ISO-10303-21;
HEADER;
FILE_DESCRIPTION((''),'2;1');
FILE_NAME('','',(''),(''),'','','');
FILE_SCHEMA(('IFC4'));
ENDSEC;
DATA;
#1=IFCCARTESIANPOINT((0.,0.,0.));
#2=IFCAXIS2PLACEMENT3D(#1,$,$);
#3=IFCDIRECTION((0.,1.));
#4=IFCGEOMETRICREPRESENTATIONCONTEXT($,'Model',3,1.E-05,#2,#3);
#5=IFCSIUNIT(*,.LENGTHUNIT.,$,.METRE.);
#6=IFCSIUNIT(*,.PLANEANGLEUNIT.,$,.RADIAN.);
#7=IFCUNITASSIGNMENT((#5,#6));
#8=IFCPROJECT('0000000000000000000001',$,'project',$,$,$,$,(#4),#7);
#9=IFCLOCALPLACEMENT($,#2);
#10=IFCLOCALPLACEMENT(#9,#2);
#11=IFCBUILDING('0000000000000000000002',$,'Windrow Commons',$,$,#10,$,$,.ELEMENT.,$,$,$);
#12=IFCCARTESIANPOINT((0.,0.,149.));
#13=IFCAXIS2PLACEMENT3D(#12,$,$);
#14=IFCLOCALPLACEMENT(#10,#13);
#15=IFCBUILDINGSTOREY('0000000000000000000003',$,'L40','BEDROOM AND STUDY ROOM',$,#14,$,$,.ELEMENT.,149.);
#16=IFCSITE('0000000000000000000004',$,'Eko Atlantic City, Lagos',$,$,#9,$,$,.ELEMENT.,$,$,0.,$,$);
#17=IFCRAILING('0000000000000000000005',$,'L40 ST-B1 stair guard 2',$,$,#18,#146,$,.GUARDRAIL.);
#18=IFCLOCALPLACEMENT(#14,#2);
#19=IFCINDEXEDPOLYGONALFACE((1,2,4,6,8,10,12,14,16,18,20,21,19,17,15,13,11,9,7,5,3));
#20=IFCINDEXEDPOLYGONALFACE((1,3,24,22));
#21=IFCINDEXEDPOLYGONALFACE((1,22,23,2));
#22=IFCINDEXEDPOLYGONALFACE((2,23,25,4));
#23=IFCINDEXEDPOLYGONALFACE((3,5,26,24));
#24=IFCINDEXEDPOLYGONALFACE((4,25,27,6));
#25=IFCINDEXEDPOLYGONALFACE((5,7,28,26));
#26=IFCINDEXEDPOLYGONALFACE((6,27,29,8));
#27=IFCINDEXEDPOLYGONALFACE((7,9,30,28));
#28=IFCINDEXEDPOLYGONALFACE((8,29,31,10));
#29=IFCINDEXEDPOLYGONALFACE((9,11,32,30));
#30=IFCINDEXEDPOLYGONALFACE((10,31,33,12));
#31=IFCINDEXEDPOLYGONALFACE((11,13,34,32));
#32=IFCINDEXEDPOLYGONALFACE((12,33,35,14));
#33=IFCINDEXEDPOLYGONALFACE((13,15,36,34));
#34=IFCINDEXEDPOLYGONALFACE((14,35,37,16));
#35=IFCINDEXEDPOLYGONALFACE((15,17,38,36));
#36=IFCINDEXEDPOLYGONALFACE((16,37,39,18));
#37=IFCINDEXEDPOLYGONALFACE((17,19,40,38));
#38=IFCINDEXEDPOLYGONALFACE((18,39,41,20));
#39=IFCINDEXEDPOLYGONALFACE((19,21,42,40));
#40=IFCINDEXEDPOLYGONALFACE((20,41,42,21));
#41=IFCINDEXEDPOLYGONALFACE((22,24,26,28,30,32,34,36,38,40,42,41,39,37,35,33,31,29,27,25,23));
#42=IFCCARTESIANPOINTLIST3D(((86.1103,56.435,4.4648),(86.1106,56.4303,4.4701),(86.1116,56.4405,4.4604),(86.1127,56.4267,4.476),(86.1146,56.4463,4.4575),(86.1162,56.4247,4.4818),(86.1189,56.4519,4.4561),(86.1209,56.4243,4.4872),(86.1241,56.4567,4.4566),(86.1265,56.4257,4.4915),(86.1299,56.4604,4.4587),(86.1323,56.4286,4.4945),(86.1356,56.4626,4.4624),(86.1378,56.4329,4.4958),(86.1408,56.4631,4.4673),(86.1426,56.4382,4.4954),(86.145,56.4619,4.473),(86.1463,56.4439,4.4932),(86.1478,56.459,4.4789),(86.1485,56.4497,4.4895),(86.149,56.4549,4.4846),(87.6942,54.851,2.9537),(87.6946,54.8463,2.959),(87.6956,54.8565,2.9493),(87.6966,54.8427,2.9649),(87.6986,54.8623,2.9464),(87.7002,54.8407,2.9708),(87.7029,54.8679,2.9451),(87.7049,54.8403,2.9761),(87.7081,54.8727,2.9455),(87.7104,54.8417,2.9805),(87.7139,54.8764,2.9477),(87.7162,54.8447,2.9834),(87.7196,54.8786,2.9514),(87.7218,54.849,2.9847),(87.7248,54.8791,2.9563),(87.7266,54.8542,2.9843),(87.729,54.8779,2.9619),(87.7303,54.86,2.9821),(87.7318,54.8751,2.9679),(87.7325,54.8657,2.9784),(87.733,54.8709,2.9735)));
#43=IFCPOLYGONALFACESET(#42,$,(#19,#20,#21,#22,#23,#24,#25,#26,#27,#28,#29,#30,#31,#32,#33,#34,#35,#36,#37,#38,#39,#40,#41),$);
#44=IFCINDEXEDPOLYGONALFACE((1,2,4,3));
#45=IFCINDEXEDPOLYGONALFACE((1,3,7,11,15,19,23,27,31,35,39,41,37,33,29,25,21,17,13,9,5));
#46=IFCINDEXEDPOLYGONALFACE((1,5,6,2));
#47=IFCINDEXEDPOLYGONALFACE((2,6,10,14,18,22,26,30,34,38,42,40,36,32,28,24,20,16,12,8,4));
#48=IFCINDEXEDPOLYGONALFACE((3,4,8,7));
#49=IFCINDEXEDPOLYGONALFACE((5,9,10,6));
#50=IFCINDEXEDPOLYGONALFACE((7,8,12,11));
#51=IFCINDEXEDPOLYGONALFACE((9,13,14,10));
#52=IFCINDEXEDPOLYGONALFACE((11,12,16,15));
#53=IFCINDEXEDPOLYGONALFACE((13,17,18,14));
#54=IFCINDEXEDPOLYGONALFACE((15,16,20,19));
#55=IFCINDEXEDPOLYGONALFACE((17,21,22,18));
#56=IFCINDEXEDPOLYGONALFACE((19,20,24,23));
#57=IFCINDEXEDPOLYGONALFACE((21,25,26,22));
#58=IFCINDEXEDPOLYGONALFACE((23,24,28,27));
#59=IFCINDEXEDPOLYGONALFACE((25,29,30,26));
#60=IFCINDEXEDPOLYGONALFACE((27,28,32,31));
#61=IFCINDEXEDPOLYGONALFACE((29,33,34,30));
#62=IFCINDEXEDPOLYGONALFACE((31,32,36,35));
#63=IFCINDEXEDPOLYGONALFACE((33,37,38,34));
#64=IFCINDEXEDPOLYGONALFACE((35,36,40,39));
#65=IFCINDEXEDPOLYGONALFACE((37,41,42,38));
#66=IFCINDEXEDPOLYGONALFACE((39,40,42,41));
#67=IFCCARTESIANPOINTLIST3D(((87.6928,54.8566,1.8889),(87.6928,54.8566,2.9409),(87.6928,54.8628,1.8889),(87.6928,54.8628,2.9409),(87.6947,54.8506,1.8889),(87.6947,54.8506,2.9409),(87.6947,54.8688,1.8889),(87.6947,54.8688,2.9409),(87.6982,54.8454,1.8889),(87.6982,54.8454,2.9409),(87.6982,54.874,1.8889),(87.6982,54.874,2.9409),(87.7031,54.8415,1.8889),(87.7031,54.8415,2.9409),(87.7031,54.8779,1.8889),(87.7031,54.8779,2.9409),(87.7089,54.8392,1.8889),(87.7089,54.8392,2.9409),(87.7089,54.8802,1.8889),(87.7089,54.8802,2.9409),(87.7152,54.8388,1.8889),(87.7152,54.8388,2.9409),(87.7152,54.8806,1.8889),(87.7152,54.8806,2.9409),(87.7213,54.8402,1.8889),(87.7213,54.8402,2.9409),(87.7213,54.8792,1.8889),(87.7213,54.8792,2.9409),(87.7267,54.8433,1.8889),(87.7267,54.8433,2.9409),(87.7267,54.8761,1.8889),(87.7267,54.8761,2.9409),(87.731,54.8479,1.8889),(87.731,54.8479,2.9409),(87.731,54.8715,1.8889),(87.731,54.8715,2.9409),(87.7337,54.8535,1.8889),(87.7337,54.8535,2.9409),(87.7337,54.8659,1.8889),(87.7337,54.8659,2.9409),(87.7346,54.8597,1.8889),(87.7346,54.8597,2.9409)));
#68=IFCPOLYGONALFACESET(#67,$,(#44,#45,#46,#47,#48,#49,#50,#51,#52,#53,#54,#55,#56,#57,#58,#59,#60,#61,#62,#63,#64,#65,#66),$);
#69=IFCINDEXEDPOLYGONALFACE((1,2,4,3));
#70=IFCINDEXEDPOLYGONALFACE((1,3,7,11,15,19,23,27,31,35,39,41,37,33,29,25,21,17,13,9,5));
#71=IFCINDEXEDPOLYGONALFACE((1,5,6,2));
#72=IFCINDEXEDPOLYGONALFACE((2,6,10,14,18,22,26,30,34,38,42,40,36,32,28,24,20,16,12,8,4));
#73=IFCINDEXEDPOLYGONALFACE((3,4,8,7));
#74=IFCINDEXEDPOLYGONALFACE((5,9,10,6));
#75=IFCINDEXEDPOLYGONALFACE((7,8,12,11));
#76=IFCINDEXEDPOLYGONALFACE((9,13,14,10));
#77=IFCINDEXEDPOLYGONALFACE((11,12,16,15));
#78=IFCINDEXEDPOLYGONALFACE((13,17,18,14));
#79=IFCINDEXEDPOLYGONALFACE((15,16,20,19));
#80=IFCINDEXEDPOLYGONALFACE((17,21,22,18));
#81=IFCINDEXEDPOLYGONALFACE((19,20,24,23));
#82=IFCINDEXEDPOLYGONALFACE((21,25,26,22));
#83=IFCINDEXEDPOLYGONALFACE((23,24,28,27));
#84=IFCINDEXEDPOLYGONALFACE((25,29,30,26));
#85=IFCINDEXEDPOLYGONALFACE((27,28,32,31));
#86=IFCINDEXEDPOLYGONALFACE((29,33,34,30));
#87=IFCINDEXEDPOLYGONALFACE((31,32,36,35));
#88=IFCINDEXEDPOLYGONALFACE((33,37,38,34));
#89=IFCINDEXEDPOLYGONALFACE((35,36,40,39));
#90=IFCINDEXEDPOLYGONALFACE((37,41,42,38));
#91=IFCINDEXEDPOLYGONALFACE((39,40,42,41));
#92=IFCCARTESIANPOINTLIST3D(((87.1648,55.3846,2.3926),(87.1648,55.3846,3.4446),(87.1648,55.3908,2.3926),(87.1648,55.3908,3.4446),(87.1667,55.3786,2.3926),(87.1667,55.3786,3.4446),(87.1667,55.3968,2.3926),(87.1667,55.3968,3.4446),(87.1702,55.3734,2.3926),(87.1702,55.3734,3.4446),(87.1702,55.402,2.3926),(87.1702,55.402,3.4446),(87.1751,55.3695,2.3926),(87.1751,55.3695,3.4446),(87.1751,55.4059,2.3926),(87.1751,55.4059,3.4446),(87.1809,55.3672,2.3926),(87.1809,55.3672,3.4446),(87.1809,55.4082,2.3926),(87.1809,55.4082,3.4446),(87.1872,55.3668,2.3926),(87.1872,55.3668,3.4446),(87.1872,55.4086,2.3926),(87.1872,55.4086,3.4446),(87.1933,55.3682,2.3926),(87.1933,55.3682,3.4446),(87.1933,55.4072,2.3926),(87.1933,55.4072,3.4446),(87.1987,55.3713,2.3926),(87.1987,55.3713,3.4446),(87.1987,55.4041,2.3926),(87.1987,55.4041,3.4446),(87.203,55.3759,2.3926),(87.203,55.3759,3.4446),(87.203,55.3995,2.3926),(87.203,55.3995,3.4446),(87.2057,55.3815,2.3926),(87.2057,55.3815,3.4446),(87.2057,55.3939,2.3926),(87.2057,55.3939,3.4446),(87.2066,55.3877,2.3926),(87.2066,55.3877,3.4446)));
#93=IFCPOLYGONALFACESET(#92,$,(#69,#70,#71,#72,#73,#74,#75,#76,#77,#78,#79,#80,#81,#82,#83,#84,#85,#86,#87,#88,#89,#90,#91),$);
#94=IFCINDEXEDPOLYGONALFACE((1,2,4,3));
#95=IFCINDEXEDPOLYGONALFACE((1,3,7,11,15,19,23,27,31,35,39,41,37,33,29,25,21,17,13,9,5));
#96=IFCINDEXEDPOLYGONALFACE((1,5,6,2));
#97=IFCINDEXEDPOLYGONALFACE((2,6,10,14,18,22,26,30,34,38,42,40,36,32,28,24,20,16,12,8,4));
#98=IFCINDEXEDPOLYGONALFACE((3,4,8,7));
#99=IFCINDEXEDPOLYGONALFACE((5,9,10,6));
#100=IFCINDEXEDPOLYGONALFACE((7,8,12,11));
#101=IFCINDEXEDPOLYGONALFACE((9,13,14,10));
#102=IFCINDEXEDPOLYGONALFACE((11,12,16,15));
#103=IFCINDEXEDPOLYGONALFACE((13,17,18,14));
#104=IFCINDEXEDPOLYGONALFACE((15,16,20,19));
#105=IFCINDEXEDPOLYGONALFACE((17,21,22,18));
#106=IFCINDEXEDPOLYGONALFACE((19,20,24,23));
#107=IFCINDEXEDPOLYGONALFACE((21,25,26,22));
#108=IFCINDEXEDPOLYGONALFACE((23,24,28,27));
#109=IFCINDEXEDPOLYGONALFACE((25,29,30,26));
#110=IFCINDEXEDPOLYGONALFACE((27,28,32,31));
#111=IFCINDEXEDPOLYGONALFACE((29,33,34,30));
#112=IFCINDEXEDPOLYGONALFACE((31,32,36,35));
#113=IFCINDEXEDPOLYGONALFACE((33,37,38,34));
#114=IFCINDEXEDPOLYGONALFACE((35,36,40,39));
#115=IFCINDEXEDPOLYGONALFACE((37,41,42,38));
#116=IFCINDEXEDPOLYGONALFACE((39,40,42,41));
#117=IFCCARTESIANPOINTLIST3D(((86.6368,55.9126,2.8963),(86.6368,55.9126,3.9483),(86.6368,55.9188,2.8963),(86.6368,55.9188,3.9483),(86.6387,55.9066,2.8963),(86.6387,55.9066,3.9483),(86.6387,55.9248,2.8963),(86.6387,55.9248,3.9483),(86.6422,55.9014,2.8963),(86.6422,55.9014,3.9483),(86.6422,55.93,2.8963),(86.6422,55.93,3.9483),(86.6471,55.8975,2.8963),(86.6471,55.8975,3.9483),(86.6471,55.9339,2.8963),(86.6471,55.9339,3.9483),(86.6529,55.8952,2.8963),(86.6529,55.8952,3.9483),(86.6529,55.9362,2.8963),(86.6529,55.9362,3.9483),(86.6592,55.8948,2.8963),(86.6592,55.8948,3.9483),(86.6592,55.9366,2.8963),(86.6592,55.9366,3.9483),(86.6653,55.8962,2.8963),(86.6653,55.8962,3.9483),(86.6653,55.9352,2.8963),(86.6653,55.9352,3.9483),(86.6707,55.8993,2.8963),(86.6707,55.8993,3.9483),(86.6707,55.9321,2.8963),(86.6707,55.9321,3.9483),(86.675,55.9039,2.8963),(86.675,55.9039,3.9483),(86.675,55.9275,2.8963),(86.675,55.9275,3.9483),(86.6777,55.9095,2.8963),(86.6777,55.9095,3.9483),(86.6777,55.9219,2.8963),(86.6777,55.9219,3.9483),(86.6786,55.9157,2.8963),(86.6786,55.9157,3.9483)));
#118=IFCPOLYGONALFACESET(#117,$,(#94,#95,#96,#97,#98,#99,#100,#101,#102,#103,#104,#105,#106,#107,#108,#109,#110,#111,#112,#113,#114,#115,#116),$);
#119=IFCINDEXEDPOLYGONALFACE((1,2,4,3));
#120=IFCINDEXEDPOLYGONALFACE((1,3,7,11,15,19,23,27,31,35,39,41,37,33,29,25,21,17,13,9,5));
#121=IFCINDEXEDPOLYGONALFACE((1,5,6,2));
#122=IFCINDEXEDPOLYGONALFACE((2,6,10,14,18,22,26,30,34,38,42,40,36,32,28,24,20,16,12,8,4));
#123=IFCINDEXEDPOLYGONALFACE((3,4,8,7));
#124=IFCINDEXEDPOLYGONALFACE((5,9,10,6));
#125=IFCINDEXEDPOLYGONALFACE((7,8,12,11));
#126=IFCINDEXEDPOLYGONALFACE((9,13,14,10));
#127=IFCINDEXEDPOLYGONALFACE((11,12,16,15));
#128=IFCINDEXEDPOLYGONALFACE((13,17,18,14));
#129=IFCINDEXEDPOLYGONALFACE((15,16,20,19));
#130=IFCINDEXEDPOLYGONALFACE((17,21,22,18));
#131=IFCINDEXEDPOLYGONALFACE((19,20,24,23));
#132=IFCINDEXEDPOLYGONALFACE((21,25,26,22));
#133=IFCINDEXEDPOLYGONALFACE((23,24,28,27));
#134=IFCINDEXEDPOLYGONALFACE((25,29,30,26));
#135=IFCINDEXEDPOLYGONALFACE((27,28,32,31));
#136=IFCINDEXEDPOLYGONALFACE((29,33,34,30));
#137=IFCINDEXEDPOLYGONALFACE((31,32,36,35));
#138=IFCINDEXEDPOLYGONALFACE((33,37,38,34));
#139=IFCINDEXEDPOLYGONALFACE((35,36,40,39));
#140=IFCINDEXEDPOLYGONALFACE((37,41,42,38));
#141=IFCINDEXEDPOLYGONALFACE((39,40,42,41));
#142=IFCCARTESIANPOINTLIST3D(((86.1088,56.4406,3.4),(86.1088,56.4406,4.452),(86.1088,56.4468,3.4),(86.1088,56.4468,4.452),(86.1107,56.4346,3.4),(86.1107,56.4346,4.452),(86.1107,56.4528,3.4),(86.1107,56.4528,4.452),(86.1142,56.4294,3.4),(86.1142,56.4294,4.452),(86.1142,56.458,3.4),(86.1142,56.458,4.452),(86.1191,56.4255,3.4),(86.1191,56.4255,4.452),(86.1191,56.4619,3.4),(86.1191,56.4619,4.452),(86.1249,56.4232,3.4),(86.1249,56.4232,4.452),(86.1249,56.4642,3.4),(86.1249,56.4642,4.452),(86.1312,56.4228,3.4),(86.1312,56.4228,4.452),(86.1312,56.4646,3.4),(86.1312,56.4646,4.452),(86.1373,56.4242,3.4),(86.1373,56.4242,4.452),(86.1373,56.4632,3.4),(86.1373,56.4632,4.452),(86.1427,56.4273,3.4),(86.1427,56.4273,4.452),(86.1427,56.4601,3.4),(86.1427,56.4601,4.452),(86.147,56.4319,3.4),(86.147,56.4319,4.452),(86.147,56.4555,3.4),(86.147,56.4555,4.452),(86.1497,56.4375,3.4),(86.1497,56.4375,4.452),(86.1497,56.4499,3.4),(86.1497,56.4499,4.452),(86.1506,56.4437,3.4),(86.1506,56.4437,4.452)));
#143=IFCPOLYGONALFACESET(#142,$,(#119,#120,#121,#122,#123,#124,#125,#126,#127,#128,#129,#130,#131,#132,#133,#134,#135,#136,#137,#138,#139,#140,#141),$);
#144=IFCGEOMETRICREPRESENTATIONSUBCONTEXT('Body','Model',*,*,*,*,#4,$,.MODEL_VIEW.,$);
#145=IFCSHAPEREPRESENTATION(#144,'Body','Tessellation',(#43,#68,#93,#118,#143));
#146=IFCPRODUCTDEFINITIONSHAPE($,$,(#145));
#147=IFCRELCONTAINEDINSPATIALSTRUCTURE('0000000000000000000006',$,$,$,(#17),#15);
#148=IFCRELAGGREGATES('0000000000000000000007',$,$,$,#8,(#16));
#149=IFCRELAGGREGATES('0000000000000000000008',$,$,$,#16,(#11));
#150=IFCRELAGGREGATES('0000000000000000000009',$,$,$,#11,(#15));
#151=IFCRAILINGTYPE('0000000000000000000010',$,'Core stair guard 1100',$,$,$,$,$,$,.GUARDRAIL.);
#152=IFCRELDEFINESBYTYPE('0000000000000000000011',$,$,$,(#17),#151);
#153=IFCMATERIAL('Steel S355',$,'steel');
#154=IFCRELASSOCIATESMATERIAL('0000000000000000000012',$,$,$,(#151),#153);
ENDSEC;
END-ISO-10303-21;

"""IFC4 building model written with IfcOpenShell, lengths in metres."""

from ifc_helpers import new_model, si_unit, direction, frame, origin, origin_2d, place, context, subcontext, project, spatial, circle, extrude, material, type_object, element, save


model = new_model("IFC4")

# Units and contexts
model_context = context("Model", 3, precision=1e-05, world=origin(), true_north=direction((0.0, 1.0)))
body_context = subcontext(model_context, "Body", "Model", "MODEL_VIEW")
ifc_project = project(units=[si_unit("LENGTHUNIT", "METRE"), si_unit("PLANEANGLEUNIT", "RADIAN")], contexts=[model_context])

# Site, building, storey
site_placement = place(None, origin())
site = spatial("IfcSite", under=ifc_project, at=site_placement, Name="Eko Atlantic City, Lagos", CompositionType="ELEMENT", RefElevation=0.0)
building_placement = place(site_placement, origin())
building = spatial("IfcBuilding", under=site, at=building_placement, Name="Windrow Commons", CompositionType="ELEMENT")
storey_placement = place(building_placement, frame((0.0, 0.0, 149.0)))
storey = spatial("IfcBuildingStorey", under=building, at=storey_placement, Name="L40", Description="BEDROOM AND STUDY ROOM", CompositionType="ELEMENT", Elevation=149.0)

# Railing
ifc_material_1 = material(Name="Steel S355", Category="steel")
railing_type_1 = type_object("IfcRailingType", Name="Core stair guard 1100", PredefinedType="GUARDRAIL", material=ifc_material_1)
railing_1_placement = place(storey_placement, frame((87.7136, 54.8597, 1.8889)))
element("IfcRailing", 1, at=railing_1_placement, inside=storey, type_object=railing_type_1, Name="L40 ST-B1 stair guard 2", PredefinedType="GUARDRAIL", context=body_context, shape_type="SweptSolid", body=[
    extrude(circle(Radius=0.024, at=origin_2d()), frame((0.0, 0.0, 1.076), z_axis=(-0.586203, 0.586203, 0.559224), x_axis=(-0.707107, -0.707107, 0.0)), (0.0, 0.0, 1.0), 2.7021),
    extrude(circle(Radius=0.021, at=origin_2d()), origin(), (0.0, 0.0, 1.0), 1.052),
    extrude(circle(Radius=0.021, at=origin_2d()), frame((-0.528, 0.528, 0.5037)), (0.0, 0.0, 1.0), 1.052),
    extrude(circle(Radius=0.021, at=origin_2d()), frame((-1.056, 1.056, 1.0074)), (0.0, 0.0, 1.0), 1.052),
    extrude(circle(Radius=0.021, at=origin_2d()), frame((-1.584, 1.584, 1.5111)), (0.0, 0.0, 1.0), 1.052),
])

save(model, "model.ifc")
